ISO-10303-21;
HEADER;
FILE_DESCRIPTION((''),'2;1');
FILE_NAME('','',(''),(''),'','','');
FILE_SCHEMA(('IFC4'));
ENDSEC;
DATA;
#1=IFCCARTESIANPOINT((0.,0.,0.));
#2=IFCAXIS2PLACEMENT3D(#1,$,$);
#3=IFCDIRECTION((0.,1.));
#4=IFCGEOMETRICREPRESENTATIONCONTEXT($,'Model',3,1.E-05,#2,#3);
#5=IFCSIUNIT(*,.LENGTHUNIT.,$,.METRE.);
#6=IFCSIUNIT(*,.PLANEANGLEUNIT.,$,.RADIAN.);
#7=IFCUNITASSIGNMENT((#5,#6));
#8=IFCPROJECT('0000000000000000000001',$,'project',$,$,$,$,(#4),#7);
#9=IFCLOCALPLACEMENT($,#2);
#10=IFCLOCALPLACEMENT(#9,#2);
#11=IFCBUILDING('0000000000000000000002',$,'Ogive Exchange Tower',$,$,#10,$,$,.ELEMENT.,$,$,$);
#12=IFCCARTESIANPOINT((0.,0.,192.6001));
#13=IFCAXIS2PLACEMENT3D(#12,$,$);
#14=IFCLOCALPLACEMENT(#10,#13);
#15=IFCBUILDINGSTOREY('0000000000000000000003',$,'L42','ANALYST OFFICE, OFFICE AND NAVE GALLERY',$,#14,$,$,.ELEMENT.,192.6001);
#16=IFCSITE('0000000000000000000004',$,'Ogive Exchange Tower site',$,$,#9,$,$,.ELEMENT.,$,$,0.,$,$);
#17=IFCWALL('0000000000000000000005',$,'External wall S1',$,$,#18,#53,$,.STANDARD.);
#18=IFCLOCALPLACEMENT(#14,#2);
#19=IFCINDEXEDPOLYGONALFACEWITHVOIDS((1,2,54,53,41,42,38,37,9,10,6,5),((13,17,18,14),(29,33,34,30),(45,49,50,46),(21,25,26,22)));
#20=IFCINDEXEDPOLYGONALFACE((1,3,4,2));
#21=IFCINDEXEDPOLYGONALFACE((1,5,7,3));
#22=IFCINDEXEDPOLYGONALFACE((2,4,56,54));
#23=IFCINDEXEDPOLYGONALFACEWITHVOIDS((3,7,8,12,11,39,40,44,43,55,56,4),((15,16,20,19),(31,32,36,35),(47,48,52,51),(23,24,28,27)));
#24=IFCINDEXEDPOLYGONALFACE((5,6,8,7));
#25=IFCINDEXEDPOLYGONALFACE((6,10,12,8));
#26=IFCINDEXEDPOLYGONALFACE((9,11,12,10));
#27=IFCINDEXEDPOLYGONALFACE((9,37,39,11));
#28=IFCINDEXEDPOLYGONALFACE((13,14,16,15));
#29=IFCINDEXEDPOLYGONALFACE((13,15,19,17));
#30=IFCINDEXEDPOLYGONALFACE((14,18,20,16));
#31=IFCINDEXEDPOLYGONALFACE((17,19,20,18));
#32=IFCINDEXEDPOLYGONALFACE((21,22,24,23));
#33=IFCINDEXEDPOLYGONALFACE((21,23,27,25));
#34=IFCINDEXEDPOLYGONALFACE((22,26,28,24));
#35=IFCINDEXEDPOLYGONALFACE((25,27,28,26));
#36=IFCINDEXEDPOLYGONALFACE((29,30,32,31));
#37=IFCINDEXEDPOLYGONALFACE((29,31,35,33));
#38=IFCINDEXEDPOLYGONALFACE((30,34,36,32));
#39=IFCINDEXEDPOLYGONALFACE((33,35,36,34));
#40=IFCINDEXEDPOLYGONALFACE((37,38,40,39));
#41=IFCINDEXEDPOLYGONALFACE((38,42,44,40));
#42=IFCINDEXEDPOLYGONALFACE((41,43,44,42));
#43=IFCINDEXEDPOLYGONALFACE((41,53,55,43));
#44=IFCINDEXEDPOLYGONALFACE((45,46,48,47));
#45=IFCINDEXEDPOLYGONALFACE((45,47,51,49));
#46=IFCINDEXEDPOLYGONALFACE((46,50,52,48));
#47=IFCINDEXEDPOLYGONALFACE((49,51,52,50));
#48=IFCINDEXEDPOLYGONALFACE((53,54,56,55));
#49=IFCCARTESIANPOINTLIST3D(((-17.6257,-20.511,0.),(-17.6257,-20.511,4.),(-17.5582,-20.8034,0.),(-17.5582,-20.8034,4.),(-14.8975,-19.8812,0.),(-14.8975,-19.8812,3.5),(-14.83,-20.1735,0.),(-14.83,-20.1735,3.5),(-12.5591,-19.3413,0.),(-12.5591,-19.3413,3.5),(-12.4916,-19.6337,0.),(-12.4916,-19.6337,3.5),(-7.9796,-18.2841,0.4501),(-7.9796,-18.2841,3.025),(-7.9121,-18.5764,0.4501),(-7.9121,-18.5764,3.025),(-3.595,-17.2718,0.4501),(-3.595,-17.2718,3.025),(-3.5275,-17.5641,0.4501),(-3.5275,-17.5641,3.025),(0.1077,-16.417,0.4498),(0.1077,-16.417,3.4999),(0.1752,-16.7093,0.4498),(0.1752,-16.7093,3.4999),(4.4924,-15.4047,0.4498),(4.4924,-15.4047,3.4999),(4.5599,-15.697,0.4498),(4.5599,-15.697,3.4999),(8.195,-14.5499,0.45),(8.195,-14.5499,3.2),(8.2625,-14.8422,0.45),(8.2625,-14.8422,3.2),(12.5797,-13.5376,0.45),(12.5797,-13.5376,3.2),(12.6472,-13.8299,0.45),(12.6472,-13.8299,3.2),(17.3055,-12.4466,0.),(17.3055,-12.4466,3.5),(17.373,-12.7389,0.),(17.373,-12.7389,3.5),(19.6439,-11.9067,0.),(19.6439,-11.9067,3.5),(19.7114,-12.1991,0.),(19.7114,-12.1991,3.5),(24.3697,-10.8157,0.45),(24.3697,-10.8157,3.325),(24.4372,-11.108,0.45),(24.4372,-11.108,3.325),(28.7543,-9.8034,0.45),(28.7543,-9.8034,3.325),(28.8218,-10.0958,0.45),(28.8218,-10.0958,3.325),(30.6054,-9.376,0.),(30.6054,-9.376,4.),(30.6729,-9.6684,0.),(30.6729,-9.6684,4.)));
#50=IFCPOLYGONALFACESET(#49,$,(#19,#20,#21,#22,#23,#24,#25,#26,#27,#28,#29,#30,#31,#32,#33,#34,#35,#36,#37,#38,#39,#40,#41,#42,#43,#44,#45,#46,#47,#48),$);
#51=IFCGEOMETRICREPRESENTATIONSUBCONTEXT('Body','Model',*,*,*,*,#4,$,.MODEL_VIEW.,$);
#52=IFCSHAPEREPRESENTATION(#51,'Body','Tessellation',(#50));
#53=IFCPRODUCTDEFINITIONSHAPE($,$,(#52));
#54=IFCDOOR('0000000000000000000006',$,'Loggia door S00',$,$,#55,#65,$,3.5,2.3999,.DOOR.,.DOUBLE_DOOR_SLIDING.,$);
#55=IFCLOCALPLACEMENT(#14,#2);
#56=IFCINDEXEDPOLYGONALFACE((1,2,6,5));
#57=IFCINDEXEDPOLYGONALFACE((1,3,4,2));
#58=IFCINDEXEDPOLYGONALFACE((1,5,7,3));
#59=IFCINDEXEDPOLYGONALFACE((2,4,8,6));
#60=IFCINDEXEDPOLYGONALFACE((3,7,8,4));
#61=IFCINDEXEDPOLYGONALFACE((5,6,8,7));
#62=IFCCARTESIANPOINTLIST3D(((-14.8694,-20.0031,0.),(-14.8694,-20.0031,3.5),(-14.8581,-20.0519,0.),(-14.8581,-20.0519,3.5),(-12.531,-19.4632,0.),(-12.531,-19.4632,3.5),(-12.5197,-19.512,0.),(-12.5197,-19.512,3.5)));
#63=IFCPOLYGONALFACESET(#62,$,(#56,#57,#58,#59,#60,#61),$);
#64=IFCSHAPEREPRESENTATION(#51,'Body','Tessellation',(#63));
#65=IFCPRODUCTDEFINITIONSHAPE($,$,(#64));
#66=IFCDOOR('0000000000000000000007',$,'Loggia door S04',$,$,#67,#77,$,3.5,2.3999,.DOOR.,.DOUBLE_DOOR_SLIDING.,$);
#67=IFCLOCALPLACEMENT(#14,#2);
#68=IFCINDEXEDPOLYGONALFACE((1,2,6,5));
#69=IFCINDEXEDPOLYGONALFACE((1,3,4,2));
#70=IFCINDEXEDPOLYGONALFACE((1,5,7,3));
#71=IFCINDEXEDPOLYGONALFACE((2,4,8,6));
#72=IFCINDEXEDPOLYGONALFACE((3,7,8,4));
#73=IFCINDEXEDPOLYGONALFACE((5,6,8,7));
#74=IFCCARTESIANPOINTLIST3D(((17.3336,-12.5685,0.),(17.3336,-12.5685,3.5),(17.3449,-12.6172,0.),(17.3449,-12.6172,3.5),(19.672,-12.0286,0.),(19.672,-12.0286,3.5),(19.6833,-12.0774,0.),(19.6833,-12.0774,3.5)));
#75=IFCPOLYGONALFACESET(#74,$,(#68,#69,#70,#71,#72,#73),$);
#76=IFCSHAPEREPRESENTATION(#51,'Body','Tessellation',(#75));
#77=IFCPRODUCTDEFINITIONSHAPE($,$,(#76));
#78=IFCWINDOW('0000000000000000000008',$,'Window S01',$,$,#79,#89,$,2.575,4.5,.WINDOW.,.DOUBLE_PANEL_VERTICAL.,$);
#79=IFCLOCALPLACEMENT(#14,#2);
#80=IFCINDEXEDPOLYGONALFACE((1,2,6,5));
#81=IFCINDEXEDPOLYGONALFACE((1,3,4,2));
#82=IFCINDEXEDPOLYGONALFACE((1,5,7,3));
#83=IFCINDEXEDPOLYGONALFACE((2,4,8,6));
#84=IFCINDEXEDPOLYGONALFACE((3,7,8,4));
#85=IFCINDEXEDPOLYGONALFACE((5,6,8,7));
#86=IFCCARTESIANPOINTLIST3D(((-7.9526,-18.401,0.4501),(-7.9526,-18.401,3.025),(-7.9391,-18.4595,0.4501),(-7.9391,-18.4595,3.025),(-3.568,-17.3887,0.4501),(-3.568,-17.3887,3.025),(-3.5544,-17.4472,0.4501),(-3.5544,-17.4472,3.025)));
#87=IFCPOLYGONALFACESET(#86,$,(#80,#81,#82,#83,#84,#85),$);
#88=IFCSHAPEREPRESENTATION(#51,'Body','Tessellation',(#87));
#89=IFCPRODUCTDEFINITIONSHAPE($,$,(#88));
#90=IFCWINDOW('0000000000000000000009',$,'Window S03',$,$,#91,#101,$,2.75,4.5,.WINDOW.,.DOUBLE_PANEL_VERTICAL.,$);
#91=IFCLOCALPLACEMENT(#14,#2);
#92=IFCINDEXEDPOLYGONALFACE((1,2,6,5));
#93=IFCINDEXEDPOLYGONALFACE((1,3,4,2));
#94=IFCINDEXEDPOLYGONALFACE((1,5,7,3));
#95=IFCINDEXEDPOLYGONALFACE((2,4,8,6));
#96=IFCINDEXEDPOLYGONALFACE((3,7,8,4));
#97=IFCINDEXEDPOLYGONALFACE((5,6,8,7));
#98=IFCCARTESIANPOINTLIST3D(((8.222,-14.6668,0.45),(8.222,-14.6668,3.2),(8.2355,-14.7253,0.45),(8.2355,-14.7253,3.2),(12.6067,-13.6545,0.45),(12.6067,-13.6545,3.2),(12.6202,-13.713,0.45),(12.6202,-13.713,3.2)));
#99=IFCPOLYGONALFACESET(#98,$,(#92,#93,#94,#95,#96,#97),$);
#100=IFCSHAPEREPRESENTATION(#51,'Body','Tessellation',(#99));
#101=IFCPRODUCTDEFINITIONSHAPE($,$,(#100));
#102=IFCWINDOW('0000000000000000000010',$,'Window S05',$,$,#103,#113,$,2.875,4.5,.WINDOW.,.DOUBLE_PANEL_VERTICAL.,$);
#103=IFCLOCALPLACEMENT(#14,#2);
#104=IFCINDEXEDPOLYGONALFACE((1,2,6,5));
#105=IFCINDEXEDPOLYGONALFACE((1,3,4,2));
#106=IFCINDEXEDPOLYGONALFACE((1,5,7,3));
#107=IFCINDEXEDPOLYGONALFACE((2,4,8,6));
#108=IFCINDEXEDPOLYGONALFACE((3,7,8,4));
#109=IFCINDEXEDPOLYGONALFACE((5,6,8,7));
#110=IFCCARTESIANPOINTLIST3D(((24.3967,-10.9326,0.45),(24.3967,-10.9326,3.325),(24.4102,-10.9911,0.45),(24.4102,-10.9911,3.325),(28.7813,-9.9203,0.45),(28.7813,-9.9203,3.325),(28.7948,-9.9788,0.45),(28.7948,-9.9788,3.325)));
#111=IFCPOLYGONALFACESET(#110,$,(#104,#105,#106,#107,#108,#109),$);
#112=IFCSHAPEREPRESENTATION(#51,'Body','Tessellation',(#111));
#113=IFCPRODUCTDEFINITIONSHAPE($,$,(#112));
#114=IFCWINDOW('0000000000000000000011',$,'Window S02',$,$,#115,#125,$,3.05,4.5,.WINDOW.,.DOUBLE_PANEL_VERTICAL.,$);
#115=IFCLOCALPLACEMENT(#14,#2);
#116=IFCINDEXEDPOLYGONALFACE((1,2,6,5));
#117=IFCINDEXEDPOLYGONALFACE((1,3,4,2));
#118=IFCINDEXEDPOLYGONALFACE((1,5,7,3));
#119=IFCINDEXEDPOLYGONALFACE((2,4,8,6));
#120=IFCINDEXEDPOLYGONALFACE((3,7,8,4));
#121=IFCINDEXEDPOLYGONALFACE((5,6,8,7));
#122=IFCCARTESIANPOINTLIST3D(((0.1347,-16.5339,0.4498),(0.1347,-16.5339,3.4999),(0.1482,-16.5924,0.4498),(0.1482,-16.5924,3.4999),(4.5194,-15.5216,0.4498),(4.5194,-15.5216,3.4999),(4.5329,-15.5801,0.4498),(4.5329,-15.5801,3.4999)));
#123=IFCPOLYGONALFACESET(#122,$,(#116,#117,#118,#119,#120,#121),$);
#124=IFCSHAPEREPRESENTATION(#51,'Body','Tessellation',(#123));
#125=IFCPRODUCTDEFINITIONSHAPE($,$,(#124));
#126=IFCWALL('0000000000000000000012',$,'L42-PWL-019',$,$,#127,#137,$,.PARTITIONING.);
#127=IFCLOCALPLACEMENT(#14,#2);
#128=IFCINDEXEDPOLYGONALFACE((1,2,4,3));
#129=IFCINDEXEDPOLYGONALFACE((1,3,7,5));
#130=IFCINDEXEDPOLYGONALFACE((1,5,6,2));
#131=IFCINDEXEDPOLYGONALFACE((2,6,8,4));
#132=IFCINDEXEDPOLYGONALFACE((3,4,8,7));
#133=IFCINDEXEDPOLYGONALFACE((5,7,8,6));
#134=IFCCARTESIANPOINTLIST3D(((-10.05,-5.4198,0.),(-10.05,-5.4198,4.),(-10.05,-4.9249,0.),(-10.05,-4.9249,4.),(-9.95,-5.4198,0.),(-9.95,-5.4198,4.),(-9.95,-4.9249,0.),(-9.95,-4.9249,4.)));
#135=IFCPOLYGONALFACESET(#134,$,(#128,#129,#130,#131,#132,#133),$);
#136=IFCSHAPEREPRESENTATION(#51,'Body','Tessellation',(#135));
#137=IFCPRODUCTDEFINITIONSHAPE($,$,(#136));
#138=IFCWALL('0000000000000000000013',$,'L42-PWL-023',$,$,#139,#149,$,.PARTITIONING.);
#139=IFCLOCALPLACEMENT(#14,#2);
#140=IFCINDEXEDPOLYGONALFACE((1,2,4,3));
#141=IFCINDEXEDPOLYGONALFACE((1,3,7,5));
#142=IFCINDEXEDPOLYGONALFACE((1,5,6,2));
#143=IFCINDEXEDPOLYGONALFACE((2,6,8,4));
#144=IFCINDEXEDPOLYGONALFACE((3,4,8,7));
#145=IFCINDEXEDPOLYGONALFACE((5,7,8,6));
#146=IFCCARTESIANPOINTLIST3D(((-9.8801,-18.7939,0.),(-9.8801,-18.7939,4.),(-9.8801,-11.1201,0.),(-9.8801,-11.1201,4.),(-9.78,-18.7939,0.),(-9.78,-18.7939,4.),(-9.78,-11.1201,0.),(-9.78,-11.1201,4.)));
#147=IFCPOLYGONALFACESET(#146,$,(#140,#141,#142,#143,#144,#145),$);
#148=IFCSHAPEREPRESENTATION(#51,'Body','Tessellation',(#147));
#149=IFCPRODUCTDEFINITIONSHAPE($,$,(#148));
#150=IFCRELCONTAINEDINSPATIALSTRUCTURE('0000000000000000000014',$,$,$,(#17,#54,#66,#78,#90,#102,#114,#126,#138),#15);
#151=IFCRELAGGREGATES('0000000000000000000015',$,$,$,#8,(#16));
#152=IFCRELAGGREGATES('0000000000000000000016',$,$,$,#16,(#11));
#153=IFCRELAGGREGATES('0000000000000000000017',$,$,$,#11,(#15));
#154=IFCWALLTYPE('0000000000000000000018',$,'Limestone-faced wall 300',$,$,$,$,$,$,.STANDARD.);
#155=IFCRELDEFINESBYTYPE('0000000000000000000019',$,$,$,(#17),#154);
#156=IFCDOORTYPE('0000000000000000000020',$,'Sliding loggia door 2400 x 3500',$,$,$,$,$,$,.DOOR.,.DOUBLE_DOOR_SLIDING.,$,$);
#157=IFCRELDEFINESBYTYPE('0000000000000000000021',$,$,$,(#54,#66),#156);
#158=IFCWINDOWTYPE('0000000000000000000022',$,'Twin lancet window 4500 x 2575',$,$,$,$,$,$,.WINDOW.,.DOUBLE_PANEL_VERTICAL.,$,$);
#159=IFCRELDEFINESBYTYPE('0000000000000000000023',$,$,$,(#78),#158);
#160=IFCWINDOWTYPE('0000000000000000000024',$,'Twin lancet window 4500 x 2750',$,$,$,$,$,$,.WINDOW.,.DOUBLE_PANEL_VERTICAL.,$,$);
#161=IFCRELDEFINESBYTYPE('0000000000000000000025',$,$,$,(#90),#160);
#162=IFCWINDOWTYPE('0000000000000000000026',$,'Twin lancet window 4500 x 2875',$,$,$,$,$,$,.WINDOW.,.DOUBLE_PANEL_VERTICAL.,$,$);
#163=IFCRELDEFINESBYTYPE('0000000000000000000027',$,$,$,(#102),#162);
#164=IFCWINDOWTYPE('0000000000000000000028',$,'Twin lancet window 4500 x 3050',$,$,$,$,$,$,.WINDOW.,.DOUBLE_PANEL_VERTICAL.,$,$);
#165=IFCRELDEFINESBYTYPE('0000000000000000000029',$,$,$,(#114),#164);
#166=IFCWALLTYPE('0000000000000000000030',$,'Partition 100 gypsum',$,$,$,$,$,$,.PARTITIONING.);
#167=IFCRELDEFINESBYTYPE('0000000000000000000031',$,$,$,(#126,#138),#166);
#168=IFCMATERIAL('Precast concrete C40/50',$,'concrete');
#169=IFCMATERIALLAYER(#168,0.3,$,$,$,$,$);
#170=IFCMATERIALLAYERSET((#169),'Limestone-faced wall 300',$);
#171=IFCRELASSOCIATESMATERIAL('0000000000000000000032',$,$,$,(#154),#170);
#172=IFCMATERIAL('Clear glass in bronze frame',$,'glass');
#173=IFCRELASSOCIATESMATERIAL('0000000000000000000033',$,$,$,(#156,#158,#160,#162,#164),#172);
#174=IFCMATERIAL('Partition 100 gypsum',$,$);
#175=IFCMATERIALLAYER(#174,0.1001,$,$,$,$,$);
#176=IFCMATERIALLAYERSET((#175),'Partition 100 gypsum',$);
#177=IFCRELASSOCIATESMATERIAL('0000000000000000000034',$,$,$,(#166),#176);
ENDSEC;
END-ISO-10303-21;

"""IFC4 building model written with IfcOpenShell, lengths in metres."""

from ifc_helpers import new_model, si_unit, direction, frame, frame_2d, origin, place, context, subcontext, project, spatial, rectangle, extrude, material, layer, layer_set, type_object, element, fill, save


model = new_model("IFC4")

# Units and contexts
model_context = context("Model", 3, precision=1e-05, world=origin(), true_north=direction((0.0, 1.0)))
body_context = subcontext(model_context, "Body", "Model", "MODEL_VIEW")
ifc_project = project(units=[si_unit("LENGTHUNIT", "METRE"), si_unit("PLANEANGLEUNIT", "RADIAN")], contexts=[model_context])

# Site, building, storey
site_placement = place(None, origin())
site = spatial("IfcSite", under=ifc_project, at=site_placement, Name="Ogive Exchange Tower site", CompositionType="ELEMENT", RefElevation=0.0)
building_placement = place(site_placement, origin())
building = spatial("IfcBuilding", under=site, at=building_placement, Name="Ogive Exchange Tower", CompositionType="ELEMENT")
storey_placement = place(building_placement, frame((0.0, 0.0, 192.6001)))
storey = spatial("IfcBuildingStorey", under=building, at=storey_placement, Name="L42", Description="ANALYST OFFICE, OFFICE AND NAVE GALLERY", CompositionType="ELEMENT", Elevation=192.6001)

# Wall, openings, doors, windows
ifc_material_1 = material(Name="Precast concrete C40/50", Category="concrete")
ifc_layer_1 = layer(ifc_material_1, 0.3)
ifc_layer_set_1 = layer_set([ifc_layer_1], Name="Limestone-faced wall 300")
wall_type_1 = type_object("IfcWallType", Name="Limestone-faced wall 300", PredefinedType="STANDARD", material=ifc_layer_set_1)
wall_1_placement = place(storey_placement, frame((-17.592, -20.6572, 0.0), z_axis=(0.0, 0.0, 1.0), x_axis=(0.97437, 0.22495, 0.0)))
wall_1 = element("IfcWall", 1, at=wall_1_placement, inside=storey, type_object=wall_type_1, Name="External wall S1", PredefinedType="STANDARD", context=body_context, shape_type="SweptSolid", body=[
    extrude(rectangle(XDim=49.4998, YDim=0.3, at=frame_2d((24.75, 0.0))), origin(), (0.0, 0.0, 1.0), 4.0),
])
opening_1_placement = place(wall_1_placement, frame((2.8, 0.0, 0.0)))
opening_1 = element("IfcOpeningElement", 2, at=opening_1_placement, cuts=wall_1, PredefinedType="OPENING", context=body_context, shape_type="SweptSolid", body=[
    extrude(rectangle(XDim=2.3999, YDim=3.5, at=frame_2d((1.2, 1.75))), frame((0.0, 0.1599, 0.0), z_axis=(0.0, -1.0, 0.0), x_axis=(1.0, 0.0, 0.0)), (0.0, 0.0, 1.0), 0.3201),
])
opening_2_placement = place(wall_1_placement, frame((9.8999, 0.0, 0.45)))
opening_2 = element("IfcOpeningElement", 3, at=opening_2_placement, cuts=wall_1, PredefinedType="OPENING", context=body_context, shape_type="SweptSolid", body=[
    extrude(rectangle(XDim=4.5, YDim=2.575, at=frame_2d((2.25, 1.2876))), frame((0.0, 0.1599, 0.0), z_axis=(0.0, -1.0, 0.0), x_axis=(1.0, 0.0, 0.0)), (0.0, 0.0, 1.0), 0.3201),
])
opening_3_placement = place(wall_1_placement, frame((18.2, 0.0, 0.45)))
opening_3 = element("IfcOpeningElement", 4, at=opening_3_placement, cuts=wall_1, PredefinedType="OPENING", context=body_context, shape_type="SweptSolid", body=[
    extrude(rectangle(XDim=4.5, YDim=3.05, at=frame_2d((2.25, 1.5249))), frame((0.0, 0.1599, 0.0), z_axis=(0.0, -1.0, 0.0), x_axis=(1.0, 0.0, 0.0)), (0.0, 0.0, 1.0), 0.3201),
])
opening_4_placement = place(wall_1_placement, frame((26.5, 0.0, 0.45)))
opening_4 = element("IfcOpeningElement", 5, at=opening_4_placement, cuts=wall_1, PredefinedType="OPENING", context=body_context, shape_type="SweptSolid", body=[
    extrude(rectangle(XDim=4.5, YDim=2.75, at=frame_2d((2.25, 1.375))), frame((0.0, 0.1599, 0.0), z_axis=(0.0, -1.0, 0.0), x_axis=(1.0, 0.0, 0.0)), (0.0, 0.0, 1.0), 0.3201),
])
opening_5_placement = place(wall_1_placement, frame((35.8501, 0.0, 0.0)))
opening_5 = element("IfcOpeningElement", 6, at=opening_5_placement, cuts=wall_1, PredefinedType="OPENING", context=body_context, shape_type="SweptSolid", body=[
    extrude(rectangle(XDim=2.3999, YDim=3.5, at=frame_2d((1.2, 1.75))), frame((0.0, 0.1599, 0.0), z_axis=(0.0, -1.0, 0.0), x_axis=(1.0, 0.0, 0.0)), (0.0, 0.0, 1.0), 0.3201),
])
opening_6_placement = place(wall_1_placement, frame((43.1001, 0.0, 0.45)))
opening_6 = element("IfcOpeningElement", 7, at=opening_6_placement, cuts=wall_1, PredefinedType="OPENING", context=body_context, shape_type="SweptSolid", body=[
    extrude(rectangle(XDim=4.5, YDim=2.875, at=frame_2d((2.25, 1.4375))), frame((0.0, 0.1599, 0.0), z_axis=(0.0, -1.0, 0.0), x_axis=(1.0, 0.0, 0.0)), (0.0, 0.0, 1.0), 0.3201),
])
ifc_material_2 = material(Name="Clear glass in bronze frame", Category="glass")
door_type_1 = type_object("IfcDoorType", Name="Sliding loggia door 2400 x 3500", OperationType="DOUBLE_DOOR_SLIDING", PredefinedType="DOOR", material=ifc_material_2)
door_1_placement = place(opening_1_placement, origin())
door_1 = element("IfcDoor", 8, at=door_1_placement, inside=storey, type_object=door_type_1, Name="Loggia door S00", OperationType="DOUBLE_DOOR_SLIDING", OverallHeight=3.5, OverallWidth=2.3999, PredefinedType="DOOR", context=body_context, shape_type="SweptSolid", body=[
    extrude(rectangle(XDim=2.3999, YDim=3.5, at=frame_2d((1.2, 1.75))), frame((0.0, 0.0249, 0.0), z_axis=(0.0, -1.0, 0.0), x_axis=(1.0, 0.0, 0.0)), (0.0, 0.0, 1.0), 0.05),
])
fill(opening_1, door_1)
door_2_placement = place(opening_5_placement, origin())
door_2 = element("IfcDoor", 9, at=door_2_placement, inside=storey, type_object=door_type_1, Name="Loggia door S04", OperationType="DOUBLE_DOOR_SLIDING", OverallHeight=3.5, OverallWidth=2.3999, PredefinedType="DOOR", context=body_context, shape_type="SweptSolid", body=[
    extrude(rectangle(XDim=2.3999, YDim=3.5, at=frame_2d((1.2, 1.75))), frame((0.0, 0.0249, 0.0), z_axis=(0.0, -1.0, 0.0), x_axis=(1.0, 0.0, 0.0)), (0.0, 0.0, 1.0), 0.05),
])
fill(opening_5, door_2)
window_type_1 = type_object("IfcWindowType", Name="Twin lancet window 4500 x 2575", PartitioningType="DOUBLE_PANEL_VERTICAL", PredefinedType="WINDOW", material=ifc_material_2)
window_1_placement = place(opening_2_placement, origin())
window_1 = element("IfcWindow", 10, at=window_1_placement, inside=storey, type_object=window_type_1, Name="Window S01", OverallHeight=2.575, OverallWidth=4.5, PartitioningType="DOUBLE_PANEL_VERTICAL", PredefinedType="WINDOW", context=body_context, shape_type="SweptSolid", body=[
    extrude(rectangle(XDim=4.5, YDim=2.575, at=frame_2d((2.25, 1.2876))), frame((0.0, 0.03, 0.0), z_axis=(0.0, -1.0, 0.0), x_axis=(1.0, 0.0, 0.0)), (0.0, 0.0, 1.0), 0.0601),
])
fill(opening_2, window_1)
window_type_2 = type_object("IfcWindowType", Name="Twin lancet window 4500 x 2750", PartitioningType="DOUBLE_PANEL_VERTICAL", PredefinedType="WINDOW", material=ifc_material_2)
window_2_placement = place(opening_4_placement, origin())
window_2 = element("IfcWindow", 11, at=window_2_placement, inside=storey, type_object=window_type_2, Name="Window S03", OverallHeight=2.75, OverallWidth=4.5, PartitioningType="DOUBLE_PANEL_VERTICAL", PredefinedType="WINDOW", context=body_context, shape_type="SweptSolid", body=[
    extrude(rectangle(XDim=4.5, YDim=2.75, at=frame_2d((2.25, 1.375))), frame((0.0, 0.03, 0.0), z_axis=(0.0, -1.0, 0.0), x_axis=(1.0, 0.0, 0.0)), (0.0, 0.0, 1.0), 0.0601),
])
fill(opening_4, window_2)
window_type_3 = type_object("IfcWindowType", Name="Twin lancet window 4500 x 2875", PartitioningType="DOUBLE_PANEL_VERTICAL", PredefinedType="WINDOW", material=ifc_material_2)
window_3_placement = place(opening_6_placement, origin())
window_3 = element("IfcWindow", 12, at=window_3_placement, inside=storey, type_object=window_type_3, Name="Window S05", OverallHeight=2.875, OverallWidth=4.5, PartitioningType="DOUBLE_PANEL_VERTICAL", PredefinedType="WINDOW", context=body_context, shape_type="SweptSolid", body=[
    extrude(rectangle(XDim=4.5, YDim=2.875, at=frame_2d((2.25, 1.4375))), frame((0.0, 0.03, 0.0), z_axis=(0.0, -1.0, 0.0), x_axis=(1.0, 0.0, 0.0)), (0.0, 0.0, 1.0), 0.0601),
])
fill(opening_6, window_3)
window_type_4 = type_object("IfcWindowType", Name="Twin lancet window 4500 x 3050", PartitioningType="DOUBLE_PANEL_VERTICAL", PredefinedType="WINDOW", material=ifc_material_2)
window_4_placement = place(opening_3_placement, origin())
window_4 = element("IfcWindow", 13, at=window_4_placement, inside=storey, type_object=window_type_4, Name="Window S02", OverallHeight=3.05, OverallWidth=4.5, PartitioningType="DOUBLE_PANEL_VERTICAL", PredefinedType="WINDOW", context=body_context, shape_type="SweptSolid", body=[
    extrude(rectangle(XDim=4.5, YDim=3.05, at=frame_2d((2.25, 1.5249))), frame((0.0, 0.03, 0.0), z_axis=(0.0, -1.0, 0.0), x_axis=(1.0, 0.0, 0.0)), (0.0, 0.0, 1.0), 0.0601),
])
fill(opening_3, window_4)

# Walls
ifc_material_3 = material(Name="Partition 100 gypsum")
ifc_layer_2 = layer(ifc_material_3, 0.1001)
ifc_layer_set_2 = layer_set([ifc_layer_2], Name="Partition 100 gypsum")
wall_type_2 = type_object("IfcWallType", Name="Partition 100 gypsum", PredefinedType="PARTITIONING", material=ifc_layer_set_2)
wall_2_placement = place(storey_placement, frame((-10.0, -5.4199, 0.0), z_axis=(0.0, 0.0, 1.0), x_axis=(0.0, 1.0, 0.0)))
element("IfcWall", 14, at=wall_2_placement, inside=storey, type_object=wall_type_2, Name="L42-PWL-019", PredefinedType="PARTITIONING", context=body_context, shape_type="SweptSolid", body=[
    extrude(rectangle(XDim=0.4949, YDim=0.1001, at=frame_2d((0.2476, 0.0))), origin(), (0.0, 0.0, 1.0), 4.0),
])
wall_3_placement = place(storey_placement, frame((-9.8301, -18.7939, 0.0), z_axis=(0.0, 0.0, 1.0), x_axis=(0.0, 1.0, 0.0)))
element("IfcWall", 15, at=wall_3_placement, inside=storey, type_object=wall_type_2, Name="L42-PWL-023", PredefinedType="PARTITIONING", context=body_context, shape_type="SweptSolid", body=[
    extrude(rectangle(XDim=7.6738, YDim=0.1001, at=frame_2d((3.8369, 0.0))), origin(), (0.0, 0.0, 1.0), 4.0),
])

save(model, "model.ifc")
